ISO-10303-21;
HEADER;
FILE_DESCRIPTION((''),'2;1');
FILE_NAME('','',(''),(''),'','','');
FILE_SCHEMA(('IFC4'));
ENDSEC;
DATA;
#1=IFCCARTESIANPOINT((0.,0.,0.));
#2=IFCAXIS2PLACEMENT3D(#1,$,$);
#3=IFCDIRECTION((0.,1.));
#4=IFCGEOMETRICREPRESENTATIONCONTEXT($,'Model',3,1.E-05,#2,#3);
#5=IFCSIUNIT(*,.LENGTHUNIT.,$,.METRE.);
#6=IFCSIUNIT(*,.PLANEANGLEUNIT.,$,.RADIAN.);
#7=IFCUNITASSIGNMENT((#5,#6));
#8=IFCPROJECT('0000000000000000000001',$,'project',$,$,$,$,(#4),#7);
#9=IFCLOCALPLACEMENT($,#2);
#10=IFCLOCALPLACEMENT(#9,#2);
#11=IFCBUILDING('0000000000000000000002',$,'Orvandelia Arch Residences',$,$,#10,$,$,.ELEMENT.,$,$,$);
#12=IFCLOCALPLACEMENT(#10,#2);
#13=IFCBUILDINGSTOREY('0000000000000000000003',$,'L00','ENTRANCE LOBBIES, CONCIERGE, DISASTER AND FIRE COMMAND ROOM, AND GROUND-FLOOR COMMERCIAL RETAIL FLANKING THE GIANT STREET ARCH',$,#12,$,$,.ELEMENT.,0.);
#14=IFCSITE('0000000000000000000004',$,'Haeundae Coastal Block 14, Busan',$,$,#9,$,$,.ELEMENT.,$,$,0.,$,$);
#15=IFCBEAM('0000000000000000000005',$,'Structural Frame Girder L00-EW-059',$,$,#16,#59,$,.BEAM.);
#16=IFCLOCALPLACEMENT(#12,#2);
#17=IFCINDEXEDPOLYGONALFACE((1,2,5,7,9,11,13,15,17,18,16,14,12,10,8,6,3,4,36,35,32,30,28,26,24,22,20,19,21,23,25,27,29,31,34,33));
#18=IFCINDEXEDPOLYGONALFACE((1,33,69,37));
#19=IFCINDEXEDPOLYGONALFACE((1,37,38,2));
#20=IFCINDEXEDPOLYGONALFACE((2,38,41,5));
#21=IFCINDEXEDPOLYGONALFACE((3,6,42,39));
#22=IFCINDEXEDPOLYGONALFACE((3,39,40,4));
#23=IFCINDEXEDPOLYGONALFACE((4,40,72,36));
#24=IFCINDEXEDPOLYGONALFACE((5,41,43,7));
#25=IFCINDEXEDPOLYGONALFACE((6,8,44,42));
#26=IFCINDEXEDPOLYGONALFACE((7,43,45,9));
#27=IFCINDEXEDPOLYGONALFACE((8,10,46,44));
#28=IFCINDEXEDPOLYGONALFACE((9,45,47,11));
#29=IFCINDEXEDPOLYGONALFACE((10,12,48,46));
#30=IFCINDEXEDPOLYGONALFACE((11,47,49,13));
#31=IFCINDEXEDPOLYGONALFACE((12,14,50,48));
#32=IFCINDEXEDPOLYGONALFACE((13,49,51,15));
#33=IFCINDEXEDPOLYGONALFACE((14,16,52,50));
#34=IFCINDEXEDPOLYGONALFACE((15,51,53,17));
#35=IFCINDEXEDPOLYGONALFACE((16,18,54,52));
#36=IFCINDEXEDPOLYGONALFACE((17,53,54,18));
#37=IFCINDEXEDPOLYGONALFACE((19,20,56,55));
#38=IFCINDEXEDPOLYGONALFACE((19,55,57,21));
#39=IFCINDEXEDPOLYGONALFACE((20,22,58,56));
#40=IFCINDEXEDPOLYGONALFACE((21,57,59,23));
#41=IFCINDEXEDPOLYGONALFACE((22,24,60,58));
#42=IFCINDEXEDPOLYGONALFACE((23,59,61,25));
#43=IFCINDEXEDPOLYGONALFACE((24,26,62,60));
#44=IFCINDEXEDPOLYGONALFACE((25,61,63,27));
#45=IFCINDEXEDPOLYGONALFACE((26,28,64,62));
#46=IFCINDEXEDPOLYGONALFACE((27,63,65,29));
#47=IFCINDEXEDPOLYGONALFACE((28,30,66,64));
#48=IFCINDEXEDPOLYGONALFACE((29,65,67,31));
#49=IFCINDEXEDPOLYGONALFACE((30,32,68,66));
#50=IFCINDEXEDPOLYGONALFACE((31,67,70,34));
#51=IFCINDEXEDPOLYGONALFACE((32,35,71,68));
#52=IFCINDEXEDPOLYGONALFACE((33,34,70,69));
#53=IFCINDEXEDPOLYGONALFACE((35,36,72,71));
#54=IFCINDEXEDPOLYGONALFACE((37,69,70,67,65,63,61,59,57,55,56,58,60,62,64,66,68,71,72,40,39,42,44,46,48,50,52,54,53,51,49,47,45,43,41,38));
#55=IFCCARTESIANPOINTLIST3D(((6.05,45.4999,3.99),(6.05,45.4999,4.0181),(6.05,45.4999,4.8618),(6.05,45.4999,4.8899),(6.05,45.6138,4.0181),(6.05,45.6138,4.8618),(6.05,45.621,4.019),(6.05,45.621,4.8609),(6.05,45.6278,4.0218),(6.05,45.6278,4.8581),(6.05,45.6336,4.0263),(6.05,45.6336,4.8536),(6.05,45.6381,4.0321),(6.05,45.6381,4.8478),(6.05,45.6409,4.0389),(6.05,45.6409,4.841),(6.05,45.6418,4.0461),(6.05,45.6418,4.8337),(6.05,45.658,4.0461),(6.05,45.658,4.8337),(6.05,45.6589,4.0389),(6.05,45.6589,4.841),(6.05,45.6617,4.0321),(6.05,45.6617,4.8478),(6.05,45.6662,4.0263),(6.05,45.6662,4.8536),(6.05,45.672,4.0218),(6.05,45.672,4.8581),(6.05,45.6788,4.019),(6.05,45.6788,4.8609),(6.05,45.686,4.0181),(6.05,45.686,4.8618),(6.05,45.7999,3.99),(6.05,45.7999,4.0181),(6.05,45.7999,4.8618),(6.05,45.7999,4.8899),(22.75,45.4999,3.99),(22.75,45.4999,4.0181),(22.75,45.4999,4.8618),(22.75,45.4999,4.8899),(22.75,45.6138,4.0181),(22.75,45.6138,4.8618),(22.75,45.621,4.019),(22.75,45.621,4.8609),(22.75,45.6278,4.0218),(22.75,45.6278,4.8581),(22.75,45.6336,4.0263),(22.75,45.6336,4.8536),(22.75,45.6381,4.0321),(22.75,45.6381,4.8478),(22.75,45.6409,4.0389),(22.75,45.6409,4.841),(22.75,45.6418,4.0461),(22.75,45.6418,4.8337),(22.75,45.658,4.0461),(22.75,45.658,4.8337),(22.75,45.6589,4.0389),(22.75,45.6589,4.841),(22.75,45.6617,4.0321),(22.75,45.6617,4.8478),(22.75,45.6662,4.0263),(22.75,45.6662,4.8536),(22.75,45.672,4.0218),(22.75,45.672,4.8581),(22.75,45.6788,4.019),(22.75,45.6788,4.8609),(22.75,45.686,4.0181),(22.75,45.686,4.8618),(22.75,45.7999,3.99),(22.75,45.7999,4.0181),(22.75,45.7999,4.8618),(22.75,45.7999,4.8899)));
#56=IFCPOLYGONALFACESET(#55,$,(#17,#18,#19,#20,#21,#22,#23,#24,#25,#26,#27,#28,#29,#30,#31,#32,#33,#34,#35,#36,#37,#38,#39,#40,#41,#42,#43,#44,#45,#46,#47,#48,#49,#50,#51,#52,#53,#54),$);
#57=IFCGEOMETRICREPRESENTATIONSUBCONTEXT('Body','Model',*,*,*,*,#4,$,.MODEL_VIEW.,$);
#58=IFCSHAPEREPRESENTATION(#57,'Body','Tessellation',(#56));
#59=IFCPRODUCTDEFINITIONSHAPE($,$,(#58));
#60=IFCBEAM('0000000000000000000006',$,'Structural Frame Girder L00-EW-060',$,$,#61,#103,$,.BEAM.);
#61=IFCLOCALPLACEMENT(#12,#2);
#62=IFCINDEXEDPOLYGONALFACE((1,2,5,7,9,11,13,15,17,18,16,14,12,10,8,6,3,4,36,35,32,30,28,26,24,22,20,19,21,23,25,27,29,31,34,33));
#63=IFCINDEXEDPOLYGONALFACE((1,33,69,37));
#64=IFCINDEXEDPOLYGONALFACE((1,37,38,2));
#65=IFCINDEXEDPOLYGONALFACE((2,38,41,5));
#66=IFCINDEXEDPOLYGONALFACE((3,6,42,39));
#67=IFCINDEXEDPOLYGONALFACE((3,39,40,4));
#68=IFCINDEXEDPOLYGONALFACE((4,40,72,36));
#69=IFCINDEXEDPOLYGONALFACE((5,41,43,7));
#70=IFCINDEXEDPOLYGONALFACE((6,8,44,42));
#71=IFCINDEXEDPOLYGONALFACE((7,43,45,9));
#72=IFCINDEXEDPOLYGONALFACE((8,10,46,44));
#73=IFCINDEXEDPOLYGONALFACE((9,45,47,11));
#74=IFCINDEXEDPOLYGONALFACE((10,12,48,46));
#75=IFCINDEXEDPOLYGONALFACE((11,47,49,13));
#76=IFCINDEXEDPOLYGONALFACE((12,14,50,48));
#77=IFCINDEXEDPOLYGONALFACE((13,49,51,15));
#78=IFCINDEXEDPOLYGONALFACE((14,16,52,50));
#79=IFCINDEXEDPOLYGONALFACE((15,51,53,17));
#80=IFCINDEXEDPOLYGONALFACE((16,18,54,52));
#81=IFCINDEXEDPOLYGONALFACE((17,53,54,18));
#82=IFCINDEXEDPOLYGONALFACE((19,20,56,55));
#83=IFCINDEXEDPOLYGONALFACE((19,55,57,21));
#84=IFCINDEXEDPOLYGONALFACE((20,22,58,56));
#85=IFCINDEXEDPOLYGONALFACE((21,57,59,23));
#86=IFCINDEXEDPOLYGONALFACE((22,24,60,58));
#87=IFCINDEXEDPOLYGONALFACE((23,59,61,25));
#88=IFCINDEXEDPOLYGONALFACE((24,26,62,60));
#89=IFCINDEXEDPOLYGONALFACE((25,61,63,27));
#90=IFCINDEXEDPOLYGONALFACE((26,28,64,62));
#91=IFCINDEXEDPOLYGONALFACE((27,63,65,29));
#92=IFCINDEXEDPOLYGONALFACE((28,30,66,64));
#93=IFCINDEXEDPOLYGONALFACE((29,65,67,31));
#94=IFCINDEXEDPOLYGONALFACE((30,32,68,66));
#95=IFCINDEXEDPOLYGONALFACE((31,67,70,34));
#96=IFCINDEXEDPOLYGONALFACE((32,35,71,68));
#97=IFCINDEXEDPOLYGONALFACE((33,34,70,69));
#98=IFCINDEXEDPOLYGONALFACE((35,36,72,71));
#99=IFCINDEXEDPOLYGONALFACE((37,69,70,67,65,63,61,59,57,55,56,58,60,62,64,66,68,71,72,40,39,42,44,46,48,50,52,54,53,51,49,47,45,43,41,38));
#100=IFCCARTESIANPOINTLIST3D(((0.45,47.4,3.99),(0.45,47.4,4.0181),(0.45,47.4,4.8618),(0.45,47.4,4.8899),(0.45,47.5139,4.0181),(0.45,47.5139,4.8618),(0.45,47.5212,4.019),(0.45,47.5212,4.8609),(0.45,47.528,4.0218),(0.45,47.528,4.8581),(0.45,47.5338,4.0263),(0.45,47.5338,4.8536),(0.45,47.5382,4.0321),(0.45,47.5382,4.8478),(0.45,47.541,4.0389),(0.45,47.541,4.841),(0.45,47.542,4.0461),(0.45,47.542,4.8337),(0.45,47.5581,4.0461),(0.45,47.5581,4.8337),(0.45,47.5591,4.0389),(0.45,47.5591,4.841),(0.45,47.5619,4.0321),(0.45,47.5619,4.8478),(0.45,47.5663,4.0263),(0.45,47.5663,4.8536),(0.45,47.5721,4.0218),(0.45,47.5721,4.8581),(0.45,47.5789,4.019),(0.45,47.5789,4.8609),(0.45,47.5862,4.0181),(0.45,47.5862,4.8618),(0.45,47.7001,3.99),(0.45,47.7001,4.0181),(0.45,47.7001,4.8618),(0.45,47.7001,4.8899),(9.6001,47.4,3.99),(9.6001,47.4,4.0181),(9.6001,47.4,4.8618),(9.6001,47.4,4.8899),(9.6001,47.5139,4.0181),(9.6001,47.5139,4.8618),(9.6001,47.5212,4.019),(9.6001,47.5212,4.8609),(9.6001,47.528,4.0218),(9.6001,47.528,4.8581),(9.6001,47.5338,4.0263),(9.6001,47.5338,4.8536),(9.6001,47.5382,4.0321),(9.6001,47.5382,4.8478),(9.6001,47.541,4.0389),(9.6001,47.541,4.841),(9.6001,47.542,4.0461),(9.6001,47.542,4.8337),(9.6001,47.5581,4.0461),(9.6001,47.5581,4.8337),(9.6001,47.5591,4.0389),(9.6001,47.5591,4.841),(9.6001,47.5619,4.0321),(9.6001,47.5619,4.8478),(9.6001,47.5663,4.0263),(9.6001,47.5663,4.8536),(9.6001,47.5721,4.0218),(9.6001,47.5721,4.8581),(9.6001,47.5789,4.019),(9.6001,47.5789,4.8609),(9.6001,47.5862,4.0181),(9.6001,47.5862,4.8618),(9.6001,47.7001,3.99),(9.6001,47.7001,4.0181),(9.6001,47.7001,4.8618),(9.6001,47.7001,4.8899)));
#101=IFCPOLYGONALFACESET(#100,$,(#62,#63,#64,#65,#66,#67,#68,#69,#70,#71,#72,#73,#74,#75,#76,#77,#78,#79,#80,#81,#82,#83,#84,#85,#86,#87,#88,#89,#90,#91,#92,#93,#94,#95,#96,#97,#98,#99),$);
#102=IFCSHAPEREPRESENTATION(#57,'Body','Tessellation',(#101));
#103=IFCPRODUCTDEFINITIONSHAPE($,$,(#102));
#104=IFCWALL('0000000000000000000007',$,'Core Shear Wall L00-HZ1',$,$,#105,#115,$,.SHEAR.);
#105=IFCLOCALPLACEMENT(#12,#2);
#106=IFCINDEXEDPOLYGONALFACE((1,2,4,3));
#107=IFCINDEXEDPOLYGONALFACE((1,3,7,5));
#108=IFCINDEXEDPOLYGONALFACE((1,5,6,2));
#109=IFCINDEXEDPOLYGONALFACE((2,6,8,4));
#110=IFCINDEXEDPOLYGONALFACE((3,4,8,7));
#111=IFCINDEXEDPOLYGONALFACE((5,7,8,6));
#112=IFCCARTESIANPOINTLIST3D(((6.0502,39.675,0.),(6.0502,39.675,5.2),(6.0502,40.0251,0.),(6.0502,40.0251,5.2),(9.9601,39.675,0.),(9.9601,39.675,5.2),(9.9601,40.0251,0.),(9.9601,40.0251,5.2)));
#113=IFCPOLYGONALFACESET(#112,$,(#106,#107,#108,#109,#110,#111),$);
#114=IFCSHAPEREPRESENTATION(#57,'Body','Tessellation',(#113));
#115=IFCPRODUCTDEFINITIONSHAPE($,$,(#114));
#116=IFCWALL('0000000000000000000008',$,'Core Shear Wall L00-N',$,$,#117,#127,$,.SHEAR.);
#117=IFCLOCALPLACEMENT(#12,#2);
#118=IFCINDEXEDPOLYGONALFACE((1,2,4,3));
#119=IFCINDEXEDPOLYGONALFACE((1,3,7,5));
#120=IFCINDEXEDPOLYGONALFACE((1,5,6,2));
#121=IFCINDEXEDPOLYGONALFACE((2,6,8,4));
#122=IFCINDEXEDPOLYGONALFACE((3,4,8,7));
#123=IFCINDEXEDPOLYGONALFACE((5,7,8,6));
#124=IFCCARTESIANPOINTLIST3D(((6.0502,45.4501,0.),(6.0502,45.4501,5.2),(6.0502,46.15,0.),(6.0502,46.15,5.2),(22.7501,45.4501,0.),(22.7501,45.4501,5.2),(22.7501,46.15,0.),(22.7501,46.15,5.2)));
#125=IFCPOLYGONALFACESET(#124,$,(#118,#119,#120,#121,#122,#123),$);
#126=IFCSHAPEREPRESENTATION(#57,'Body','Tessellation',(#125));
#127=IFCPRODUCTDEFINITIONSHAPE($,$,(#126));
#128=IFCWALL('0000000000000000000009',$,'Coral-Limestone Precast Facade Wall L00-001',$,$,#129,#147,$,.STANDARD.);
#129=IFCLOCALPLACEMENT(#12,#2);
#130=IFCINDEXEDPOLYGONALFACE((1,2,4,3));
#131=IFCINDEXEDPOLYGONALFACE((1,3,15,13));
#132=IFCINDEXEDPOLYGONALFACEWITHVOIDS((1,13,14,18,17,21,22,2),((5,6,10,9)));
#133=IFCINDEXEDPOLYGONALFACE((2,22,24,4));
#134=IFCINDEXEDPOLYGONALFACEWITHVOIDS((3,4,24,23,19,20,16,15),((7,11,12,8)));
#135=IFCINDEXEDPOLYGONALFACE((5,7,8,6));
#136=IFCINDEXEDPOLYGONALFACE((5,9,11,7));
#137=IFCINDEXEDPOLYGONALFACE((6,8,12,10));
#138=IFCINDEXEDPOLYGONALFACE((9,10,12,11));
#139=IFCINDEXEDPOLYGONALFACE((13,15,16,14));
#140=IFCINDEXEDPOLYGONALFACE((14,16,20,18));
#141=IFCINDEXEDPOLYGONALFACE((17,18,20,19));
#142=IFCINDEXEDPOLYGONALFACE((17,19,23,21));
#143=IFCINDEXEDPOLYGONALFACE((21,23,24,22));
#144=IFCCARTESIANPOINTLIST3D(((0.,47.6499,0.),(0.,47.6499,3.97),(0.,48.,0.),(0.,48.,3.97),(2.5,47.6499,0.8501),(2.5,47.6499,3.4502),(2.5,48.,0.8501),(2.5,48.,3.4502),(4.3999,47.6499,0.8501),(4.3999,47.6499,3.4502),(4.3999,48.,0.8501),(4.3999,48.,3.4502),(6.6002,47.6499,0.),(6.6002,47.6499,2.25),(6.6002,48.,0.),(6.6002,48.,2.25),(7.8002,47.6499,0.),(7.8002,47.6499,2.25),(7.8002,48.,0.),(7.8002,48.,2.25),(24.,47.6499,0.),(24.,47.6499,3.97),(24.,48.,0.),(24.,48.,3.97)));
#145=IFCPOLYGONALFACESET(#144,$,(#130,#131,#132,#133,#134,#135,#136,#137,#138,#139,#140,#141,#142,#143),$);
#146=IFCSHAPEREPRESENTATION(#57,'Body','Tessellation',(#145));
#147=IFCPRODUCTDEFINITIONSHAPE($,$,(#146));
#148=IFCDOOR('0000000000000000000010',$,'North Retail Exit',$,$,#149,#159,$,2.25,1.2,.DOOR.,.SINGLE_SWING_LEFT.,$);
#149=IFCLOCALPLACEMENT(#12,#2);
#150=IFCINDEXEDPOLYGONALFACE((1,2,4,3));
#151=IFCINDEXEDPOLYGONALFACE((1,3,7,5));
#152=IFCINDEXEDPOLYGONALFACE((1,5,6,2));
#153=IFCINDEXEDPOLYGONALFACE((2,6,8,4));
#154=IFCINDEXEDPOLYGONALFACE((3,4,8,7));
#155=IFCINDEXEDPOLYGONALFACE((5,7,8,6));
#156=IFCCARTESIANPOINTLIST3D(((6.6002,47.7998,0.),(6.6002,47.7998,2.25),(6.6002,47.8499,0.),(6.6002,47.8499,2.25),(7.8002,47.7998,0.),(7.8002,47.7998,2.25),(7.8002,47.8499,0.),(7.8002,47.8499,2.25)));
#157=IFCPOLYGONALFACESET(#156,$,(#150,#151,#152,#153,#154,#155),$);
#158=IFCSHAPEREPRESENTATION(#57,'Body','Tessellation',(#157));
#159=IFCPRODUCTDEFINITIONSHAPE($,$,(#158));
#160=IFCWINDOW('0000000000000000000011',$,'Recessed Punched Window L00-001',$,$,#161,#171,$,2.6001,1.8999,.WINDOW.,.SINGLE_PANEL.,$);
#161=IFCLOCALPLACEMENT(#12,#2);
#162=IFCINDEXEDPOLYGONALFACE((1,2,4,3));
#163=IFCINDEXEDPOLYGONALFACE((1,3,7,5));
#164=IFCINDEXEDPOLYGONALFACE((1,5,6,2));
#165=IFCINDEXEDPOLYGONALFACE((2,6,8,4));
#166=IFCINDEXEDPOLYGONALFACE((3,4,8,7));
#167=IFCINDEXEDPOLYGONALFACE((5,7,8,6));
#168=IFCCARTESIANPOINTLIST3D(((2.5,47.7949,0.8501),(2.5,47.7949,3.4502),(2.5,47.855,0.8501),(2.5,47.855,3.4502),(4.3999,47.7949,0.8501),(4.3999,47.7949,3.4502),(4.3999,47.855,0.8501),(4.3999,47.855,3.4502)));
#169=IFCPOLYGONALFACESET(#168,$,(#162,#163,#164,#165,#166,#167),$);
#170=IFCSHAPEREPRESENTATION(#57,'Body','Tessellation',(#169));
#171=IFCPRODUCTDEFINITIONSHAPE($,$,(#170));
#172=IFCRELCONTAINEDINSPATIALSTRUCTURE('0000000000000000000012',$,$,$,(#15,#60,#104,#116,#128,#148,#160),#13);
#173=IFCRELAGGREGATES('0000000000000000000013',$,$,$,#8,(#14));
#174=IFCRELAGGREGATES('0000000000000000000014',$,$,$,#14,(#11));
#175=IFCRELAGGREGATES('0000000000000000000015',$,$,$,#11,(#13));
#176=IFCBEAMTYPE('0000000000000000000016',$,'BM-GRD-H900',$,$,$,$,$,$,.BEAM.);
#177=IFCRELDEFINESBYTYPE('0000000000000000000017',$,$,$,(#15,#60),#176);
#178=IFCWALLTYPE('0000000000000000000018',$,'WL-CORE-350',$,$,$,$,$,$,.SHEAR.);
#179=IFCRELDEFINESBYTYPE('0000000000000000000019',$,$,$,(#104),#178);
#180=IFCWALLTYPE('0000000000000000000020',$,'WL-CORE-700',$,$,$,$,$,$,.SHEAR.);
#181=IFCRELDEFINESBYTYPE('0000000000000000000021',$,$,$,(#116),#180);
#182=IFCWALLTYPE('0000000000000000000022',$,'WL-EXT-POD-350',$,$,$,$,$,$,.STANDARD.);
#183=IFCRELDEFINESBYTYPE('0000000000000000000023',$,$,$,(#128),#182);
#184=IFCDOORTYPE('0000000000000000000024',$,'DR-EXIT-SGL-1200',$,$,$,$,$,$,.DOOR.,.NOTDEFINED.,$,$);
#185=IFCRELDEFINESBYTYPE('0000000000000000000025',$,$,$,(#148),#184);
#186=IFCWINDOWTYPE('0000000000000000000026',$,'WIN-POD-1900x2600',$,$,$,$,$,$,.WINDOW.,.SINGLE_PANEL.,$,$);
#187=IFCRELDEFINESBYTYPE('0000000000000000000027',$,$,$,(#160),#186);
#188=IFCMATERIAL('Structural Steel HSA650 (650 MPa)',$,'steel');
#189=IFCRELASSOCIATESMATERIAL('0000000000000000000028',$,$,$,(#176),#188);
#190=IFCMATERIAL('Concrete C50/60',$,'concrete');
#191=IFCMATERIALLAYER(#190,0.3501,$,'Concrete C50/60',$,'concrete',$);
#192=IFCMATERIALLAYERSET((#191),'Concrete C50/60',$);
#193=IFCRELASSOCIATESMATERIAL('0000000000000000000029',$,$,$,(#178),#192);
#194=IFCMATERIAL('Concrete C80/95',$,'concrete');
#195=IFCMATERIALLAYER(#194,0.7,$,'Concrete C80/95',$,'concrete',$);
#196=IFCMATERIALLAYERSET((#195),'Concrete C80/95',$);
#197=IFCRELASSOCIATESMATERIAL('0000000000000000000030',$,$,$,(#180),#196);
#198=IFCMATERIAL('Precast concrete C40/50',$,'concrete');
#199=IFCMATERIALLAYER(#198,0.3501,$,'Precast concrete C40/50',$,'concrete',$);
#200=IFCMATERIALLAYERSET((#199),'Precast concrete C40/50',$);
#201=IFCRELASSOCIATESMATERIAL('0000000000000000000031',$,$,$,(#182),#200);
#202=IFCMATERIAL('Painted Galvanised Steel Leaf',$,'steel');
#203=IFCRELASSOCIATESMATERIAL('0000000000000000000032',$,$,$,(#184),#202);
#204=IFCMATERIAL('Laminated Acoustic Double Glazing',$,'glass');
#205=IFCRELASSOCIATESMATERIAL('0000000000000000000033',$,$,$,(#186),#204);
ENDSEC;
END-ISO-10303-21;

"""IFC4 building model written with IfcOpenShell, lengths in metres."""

from ifc_helpers import new_model, si_unit, direction, frame, frame_2d, origin, origin_2d, place, context, subcontext, project, spatial, rectangle, i_section, extrude, material, layer, layer_set, material_profile, profile_set, type_object, element, fill, save


model = new_model("IFC4")

# Units and contexts
model_context = context("Model", 3, precision=1e-05, world=origin(), true_north=direction((0.0, 1.0)))
body_context = subcontext(model_context, "Body", "Model", "MODEL_VIEW")
ifc_project = project(units=[si_unit("LENGTHUNIT", "METRE"), si_unit("PLANEANGLEUNIT", "RADIAN")], contexts=[model_context])

# Site, building, storey
site_placement = place(None, origin())
site = spatial("IfcSite", under=ifc_project, at=site_placement, Name="Haeundae Coastal Block 14, Busan", CompositionType="ELEMENT", RefElevation=0.0)
building_placement = place(site_placement, origin())
building = spatial("IfcBuilding", under=site, at=building_placement, Name="Orvandelia Arch Residences", CompositionType="ELEMENT")
storey_placement = place(building_placement, origin())
storey = spatial("IfcBuildingStorey", under=building, at=storey_placement, Name="L00", Description="ENTRANCE LOBBIES, CONCIERGE, DISASTER AND FIRE COMMAND ROOM, AND GROUND-FLOOR COMMERCIAL RETAIL FLANKING THE GIANT STREET ARCH", CompositionType="ELEMENT", Elevation=0.0)

# Shared definitions
ifc_material_1 = material(Name="Concrete C50/60", Category="concrete")

# Shared definitions
ifc_material_2 = material(Name="Concrete C80/95", Category="concrete")

# Beams
ifc_material_3 = material(Name="Structural Steel HSA650 (650 MPa)", Category="steel")
ifc_material_profile_1 = material_profile(ifc_material_3, i_section(OverallWidth=0.3, OverallDepth=0.8999, WebThickness=0.0161, FlangeThickness=0.0281, FilletRadius=0.0281, at=origin_2d()), Name="Structural Steel HSA650 (650 MPa)", Category="steel")
ifc_profile_set_1 = profile_set([ifc_material_profile_1], Name="Structural Steel HSA650 (650 MPa)")
beam_type = type_object("IfcBeamType", Name="BM-GRD-H900", PredefinedType="BEAM", material=ifc_profile_set_1)
beam_1_placement = place(storey_placement, frame((6.05, 45.6499, 4.4399), z_axis=(1.0, 0.0, 0.0), x_axis=(0.0, 1.0, 0.0)))
element("IfcBeam", 1, at=beam_1_placement, inside=storey, type_object=beam_type, Name="Structural Frame Girder L00-EW-059", PredefinedType="BEAM", context=body_context, shape_type="SweptSolid", body=[
    extrude(i_section(OverallWidth=0.3, OverallDepth=0.8999, WebThickness=0.0161, FlangeThickness=0.0281, FilletRadius=0.0281, at=origin_2d()), origin(), (0.0, 0.0, 1.0), 16.7),
])
beam_2_placement = place(storey_placement, frame((0.45, 47.55, 4.4399), z_axis=(1.0, 0.0, 0.0), x_axis=(0.0, 1.0, 0.0)))
element("IfcBeam", 2, at=beam_2_placement, inside=storey, type_object=beam_type, Name="Structural Frame Girder L00-EW-060", PredefinedType="BEAM", context=body_context, shape_type="SweptSolid", body=[
    extrude(i_section(OverallWidth=0.3, OverallDepth=0.8999, WebThickness=0.0161, FlangeThickness=0.0281, FilletRadius=0.0281, at=origin_2d()), origin(), (0.0, 0.0, 1.0), 9.1501),
])

# Walls
ifc_layer_1 = layer(ifc_material_1, 0.3501, Name="Concrete C50/60", Category="concrete")
ifc_layer_set_1 = layer_set([ifc_layer_1], Name="Concrete C50/60")
wall_type_1 = type_object("IfcWallType", Name="WL-CORE-350", PredefinedType="SHEAR", material=ifc_layer_set_1)
wall_1_placement = place(storey_placement, frame((6.05, 39.8501, 0.0), z_axis=(0.0, 0.0, 1.0), x_axis=(1.0, 0.0, 0.0)))
element("IfcWall", 3, at=wall_1_placement, inside=storey, type_object=wall_type_1, Name="Core Shear Wall L00-HZ1", PredefinedType="SHEAR", context=body_context, shape_type="SweptSolid", body=[
    extrude(rectangle(XDim=3.9099, YDim=0.3501, at=frame_2d((1.9551, 0.0))), origin(), (0.0, 0.0, 1.0), 5.2),
])
ifc_layer_2 = layer(ifc_material_2, 0.7, Name="Concrete C80/95", Category="concrete")
ifc_layer_set_2 = layer_set([ifc_layer_2], Name="Concrete C80/95")
wall_type_2 = type_object("IfcWallType", Name="WL-CORE-700", PredefinedType="SHEAR", material=ifc_layer_set_2)
wall_2_placement = place(storey_placement, frame((6.05, 45.8, 0.0), z_axis=(0.0, 0.0, 1.0), x_axis=(1.0, 0.0, 0.0)))
element("IfcWall", 4, at=wall_2_placement, inside=storey, type_object=wall_type_2, Name="Core Shear Wall L00-N", PredefinedType="SHEAR", context=body_context, shape_type="SweptSolid", body=[
    extrude(rectangle(XDim=16.7, YDim=0.7, at=frame_2d((8.3501, 0.0))), origin(), (0.0, 0.0, 1.0), 5.2),
])

# Wall, openings, door, window
ifc_material_4 = material(Name="Precast concrete C40/50", Category="concrete")
ifc_layer_3 = layer(ifc_material_4, 0.3501, Name="Precast concrete C40/50", Category="concrete")
ifc_layer_set_3 = layer_set([ifc_layer_3], Name="Precast concrete C40/50")
wall_type_3 = type_object("IfcWallType", Name="WL-EXT-POD-350", PredefinedType="STANDARD", material=ifc_layer_set_3)
wall_3_placement = place(storey_placement, frame((0.0, 47.825, 0.0), z_axis=(0.0, 0.0, 1.0), x_axis=(1.0, 0.0, 0.0)))
wall_3 = element("IfcWall", 5, at=wall_3_placement, inside=storey, type_object=wall_type_3, Name="Coral-Limestone Precast Facade Wall L00-001", PredefinedType="STANDARD", context=body_context, shape_type="SweptSolid", body=[
    extrude(rectangle(XDim=24.0, YDim=0.3501, at=frame_2d((12.0, 0.0))), origin(), (0.0, 0.0, 1.0), 3.97),
])
opening_1_placement = place(wall_3_placement, frame((6.6001, 0.0, 0.0)))
opening_1 = element("IfcOpeningElement", 6, at=opening_1_placement, cuts=wall_3, PredefinedType="OPENING", context=body_context, shape_type="SweptSolid", body=[
    extrude(rectangle(XDim=1.2, YDim=2.25, at=frame_2d((0.6001, 1.125))), frame((0.0, 0.1851, 0.0), z_axis=(0.0, -1.0, 0.0), x_axis=(1.0, 0.0, 0.0)), (0.0, 0.0, 1.0), 0.3701),
])
opening_2_placement = place(wall_3_placement, frame((2.5, 0.0, 0.8501)))
opening_2 = element("IfcOpeningElement", 7, at=opening_2_placement, cuts=wall_3, PredefinedType="OPENING", context=body_context, shape_type="SweptSolid", body=[
    extrude(rectangle(XDim=1.8999, YDim=2.6001, at=frame_2d((0.95, 1.3))), frame((0.0, 0.1851, 0.0), z_axis=(0.0, -1.0, 0.0), x_axis=(1.0, 0.0, 0.0)), (0.0, 0.0, 1.0), 0.3701),
])
ifc_material_5 = material(Name="Painted Galvanised Steel Leaf", Category="steel")
door_type_1 = type_object("IfcDoorType", Name="DR-EXIT-SGL-1200", OperationType="NOTDEFINED", PredefinedType="DOOR", material=ifc_material_5)
door_1_placement = place(opening_1_placement, origin())
door_1 = element("IfcDoor", 8, at=door_1_placement, inside=storey, type_object=door_type_1, Name="North Retail Exit", OperationType="SINGLE_SWING_LEFT", OverallHeight=2.25, OverallWidth=1.2, PredefinedType="DOOR", context=body_context, shape_type="SweptSolid", body=[
    extrude(rectangle(XDim=1.2, YDim=2.25, at=frame_2d((0.6001, 1.125))), frame((0.0, 0.0249, 0.0), z_axis=(0.0, -1.0, 0.0), x_axis=(1.0, 0.0, 0.0)), (0.0, 0.0, 1.0), 0.05),
])
fill(opening_1, door_1)
ifc_material_6 = material(Name="Laminated Acoustic Double Glazing", Category="glass")
window_type = type_object("IfcWindowType", Name="WIN-POD-1900x2600", PartitioningType="SINGLE_PANEL", PredefinedType="WINDOW", material=ifc_material_6)
window_placement = place(opening_2_placement, origin())
window = element("IfcWindow", 9, at=window_placement, inside=storey, type_object=window_type, Name="Recessed Punched Window L00-001", OverallHeight=2.6001, OverallWidth=1.8999, PartitioningType="SINGLE_PANEL", PredefinedType="WINDOW", context=body_context, shape_type="SweptSolid", body=[
    extrude(rectangle(XDim=1.8999, YDim=2.6001, at=frame_2d((0.95, 1.3))), frame((0.0, 0.03, 0.0), z_axis=(0.0, -1.0, 0.0), x_axis=(1.0, 0.0, 0.0)), (0.0, 0.0, 1.0), 0.0601),
])
fill(opening_2, window)

save(model, "model.ifc")
